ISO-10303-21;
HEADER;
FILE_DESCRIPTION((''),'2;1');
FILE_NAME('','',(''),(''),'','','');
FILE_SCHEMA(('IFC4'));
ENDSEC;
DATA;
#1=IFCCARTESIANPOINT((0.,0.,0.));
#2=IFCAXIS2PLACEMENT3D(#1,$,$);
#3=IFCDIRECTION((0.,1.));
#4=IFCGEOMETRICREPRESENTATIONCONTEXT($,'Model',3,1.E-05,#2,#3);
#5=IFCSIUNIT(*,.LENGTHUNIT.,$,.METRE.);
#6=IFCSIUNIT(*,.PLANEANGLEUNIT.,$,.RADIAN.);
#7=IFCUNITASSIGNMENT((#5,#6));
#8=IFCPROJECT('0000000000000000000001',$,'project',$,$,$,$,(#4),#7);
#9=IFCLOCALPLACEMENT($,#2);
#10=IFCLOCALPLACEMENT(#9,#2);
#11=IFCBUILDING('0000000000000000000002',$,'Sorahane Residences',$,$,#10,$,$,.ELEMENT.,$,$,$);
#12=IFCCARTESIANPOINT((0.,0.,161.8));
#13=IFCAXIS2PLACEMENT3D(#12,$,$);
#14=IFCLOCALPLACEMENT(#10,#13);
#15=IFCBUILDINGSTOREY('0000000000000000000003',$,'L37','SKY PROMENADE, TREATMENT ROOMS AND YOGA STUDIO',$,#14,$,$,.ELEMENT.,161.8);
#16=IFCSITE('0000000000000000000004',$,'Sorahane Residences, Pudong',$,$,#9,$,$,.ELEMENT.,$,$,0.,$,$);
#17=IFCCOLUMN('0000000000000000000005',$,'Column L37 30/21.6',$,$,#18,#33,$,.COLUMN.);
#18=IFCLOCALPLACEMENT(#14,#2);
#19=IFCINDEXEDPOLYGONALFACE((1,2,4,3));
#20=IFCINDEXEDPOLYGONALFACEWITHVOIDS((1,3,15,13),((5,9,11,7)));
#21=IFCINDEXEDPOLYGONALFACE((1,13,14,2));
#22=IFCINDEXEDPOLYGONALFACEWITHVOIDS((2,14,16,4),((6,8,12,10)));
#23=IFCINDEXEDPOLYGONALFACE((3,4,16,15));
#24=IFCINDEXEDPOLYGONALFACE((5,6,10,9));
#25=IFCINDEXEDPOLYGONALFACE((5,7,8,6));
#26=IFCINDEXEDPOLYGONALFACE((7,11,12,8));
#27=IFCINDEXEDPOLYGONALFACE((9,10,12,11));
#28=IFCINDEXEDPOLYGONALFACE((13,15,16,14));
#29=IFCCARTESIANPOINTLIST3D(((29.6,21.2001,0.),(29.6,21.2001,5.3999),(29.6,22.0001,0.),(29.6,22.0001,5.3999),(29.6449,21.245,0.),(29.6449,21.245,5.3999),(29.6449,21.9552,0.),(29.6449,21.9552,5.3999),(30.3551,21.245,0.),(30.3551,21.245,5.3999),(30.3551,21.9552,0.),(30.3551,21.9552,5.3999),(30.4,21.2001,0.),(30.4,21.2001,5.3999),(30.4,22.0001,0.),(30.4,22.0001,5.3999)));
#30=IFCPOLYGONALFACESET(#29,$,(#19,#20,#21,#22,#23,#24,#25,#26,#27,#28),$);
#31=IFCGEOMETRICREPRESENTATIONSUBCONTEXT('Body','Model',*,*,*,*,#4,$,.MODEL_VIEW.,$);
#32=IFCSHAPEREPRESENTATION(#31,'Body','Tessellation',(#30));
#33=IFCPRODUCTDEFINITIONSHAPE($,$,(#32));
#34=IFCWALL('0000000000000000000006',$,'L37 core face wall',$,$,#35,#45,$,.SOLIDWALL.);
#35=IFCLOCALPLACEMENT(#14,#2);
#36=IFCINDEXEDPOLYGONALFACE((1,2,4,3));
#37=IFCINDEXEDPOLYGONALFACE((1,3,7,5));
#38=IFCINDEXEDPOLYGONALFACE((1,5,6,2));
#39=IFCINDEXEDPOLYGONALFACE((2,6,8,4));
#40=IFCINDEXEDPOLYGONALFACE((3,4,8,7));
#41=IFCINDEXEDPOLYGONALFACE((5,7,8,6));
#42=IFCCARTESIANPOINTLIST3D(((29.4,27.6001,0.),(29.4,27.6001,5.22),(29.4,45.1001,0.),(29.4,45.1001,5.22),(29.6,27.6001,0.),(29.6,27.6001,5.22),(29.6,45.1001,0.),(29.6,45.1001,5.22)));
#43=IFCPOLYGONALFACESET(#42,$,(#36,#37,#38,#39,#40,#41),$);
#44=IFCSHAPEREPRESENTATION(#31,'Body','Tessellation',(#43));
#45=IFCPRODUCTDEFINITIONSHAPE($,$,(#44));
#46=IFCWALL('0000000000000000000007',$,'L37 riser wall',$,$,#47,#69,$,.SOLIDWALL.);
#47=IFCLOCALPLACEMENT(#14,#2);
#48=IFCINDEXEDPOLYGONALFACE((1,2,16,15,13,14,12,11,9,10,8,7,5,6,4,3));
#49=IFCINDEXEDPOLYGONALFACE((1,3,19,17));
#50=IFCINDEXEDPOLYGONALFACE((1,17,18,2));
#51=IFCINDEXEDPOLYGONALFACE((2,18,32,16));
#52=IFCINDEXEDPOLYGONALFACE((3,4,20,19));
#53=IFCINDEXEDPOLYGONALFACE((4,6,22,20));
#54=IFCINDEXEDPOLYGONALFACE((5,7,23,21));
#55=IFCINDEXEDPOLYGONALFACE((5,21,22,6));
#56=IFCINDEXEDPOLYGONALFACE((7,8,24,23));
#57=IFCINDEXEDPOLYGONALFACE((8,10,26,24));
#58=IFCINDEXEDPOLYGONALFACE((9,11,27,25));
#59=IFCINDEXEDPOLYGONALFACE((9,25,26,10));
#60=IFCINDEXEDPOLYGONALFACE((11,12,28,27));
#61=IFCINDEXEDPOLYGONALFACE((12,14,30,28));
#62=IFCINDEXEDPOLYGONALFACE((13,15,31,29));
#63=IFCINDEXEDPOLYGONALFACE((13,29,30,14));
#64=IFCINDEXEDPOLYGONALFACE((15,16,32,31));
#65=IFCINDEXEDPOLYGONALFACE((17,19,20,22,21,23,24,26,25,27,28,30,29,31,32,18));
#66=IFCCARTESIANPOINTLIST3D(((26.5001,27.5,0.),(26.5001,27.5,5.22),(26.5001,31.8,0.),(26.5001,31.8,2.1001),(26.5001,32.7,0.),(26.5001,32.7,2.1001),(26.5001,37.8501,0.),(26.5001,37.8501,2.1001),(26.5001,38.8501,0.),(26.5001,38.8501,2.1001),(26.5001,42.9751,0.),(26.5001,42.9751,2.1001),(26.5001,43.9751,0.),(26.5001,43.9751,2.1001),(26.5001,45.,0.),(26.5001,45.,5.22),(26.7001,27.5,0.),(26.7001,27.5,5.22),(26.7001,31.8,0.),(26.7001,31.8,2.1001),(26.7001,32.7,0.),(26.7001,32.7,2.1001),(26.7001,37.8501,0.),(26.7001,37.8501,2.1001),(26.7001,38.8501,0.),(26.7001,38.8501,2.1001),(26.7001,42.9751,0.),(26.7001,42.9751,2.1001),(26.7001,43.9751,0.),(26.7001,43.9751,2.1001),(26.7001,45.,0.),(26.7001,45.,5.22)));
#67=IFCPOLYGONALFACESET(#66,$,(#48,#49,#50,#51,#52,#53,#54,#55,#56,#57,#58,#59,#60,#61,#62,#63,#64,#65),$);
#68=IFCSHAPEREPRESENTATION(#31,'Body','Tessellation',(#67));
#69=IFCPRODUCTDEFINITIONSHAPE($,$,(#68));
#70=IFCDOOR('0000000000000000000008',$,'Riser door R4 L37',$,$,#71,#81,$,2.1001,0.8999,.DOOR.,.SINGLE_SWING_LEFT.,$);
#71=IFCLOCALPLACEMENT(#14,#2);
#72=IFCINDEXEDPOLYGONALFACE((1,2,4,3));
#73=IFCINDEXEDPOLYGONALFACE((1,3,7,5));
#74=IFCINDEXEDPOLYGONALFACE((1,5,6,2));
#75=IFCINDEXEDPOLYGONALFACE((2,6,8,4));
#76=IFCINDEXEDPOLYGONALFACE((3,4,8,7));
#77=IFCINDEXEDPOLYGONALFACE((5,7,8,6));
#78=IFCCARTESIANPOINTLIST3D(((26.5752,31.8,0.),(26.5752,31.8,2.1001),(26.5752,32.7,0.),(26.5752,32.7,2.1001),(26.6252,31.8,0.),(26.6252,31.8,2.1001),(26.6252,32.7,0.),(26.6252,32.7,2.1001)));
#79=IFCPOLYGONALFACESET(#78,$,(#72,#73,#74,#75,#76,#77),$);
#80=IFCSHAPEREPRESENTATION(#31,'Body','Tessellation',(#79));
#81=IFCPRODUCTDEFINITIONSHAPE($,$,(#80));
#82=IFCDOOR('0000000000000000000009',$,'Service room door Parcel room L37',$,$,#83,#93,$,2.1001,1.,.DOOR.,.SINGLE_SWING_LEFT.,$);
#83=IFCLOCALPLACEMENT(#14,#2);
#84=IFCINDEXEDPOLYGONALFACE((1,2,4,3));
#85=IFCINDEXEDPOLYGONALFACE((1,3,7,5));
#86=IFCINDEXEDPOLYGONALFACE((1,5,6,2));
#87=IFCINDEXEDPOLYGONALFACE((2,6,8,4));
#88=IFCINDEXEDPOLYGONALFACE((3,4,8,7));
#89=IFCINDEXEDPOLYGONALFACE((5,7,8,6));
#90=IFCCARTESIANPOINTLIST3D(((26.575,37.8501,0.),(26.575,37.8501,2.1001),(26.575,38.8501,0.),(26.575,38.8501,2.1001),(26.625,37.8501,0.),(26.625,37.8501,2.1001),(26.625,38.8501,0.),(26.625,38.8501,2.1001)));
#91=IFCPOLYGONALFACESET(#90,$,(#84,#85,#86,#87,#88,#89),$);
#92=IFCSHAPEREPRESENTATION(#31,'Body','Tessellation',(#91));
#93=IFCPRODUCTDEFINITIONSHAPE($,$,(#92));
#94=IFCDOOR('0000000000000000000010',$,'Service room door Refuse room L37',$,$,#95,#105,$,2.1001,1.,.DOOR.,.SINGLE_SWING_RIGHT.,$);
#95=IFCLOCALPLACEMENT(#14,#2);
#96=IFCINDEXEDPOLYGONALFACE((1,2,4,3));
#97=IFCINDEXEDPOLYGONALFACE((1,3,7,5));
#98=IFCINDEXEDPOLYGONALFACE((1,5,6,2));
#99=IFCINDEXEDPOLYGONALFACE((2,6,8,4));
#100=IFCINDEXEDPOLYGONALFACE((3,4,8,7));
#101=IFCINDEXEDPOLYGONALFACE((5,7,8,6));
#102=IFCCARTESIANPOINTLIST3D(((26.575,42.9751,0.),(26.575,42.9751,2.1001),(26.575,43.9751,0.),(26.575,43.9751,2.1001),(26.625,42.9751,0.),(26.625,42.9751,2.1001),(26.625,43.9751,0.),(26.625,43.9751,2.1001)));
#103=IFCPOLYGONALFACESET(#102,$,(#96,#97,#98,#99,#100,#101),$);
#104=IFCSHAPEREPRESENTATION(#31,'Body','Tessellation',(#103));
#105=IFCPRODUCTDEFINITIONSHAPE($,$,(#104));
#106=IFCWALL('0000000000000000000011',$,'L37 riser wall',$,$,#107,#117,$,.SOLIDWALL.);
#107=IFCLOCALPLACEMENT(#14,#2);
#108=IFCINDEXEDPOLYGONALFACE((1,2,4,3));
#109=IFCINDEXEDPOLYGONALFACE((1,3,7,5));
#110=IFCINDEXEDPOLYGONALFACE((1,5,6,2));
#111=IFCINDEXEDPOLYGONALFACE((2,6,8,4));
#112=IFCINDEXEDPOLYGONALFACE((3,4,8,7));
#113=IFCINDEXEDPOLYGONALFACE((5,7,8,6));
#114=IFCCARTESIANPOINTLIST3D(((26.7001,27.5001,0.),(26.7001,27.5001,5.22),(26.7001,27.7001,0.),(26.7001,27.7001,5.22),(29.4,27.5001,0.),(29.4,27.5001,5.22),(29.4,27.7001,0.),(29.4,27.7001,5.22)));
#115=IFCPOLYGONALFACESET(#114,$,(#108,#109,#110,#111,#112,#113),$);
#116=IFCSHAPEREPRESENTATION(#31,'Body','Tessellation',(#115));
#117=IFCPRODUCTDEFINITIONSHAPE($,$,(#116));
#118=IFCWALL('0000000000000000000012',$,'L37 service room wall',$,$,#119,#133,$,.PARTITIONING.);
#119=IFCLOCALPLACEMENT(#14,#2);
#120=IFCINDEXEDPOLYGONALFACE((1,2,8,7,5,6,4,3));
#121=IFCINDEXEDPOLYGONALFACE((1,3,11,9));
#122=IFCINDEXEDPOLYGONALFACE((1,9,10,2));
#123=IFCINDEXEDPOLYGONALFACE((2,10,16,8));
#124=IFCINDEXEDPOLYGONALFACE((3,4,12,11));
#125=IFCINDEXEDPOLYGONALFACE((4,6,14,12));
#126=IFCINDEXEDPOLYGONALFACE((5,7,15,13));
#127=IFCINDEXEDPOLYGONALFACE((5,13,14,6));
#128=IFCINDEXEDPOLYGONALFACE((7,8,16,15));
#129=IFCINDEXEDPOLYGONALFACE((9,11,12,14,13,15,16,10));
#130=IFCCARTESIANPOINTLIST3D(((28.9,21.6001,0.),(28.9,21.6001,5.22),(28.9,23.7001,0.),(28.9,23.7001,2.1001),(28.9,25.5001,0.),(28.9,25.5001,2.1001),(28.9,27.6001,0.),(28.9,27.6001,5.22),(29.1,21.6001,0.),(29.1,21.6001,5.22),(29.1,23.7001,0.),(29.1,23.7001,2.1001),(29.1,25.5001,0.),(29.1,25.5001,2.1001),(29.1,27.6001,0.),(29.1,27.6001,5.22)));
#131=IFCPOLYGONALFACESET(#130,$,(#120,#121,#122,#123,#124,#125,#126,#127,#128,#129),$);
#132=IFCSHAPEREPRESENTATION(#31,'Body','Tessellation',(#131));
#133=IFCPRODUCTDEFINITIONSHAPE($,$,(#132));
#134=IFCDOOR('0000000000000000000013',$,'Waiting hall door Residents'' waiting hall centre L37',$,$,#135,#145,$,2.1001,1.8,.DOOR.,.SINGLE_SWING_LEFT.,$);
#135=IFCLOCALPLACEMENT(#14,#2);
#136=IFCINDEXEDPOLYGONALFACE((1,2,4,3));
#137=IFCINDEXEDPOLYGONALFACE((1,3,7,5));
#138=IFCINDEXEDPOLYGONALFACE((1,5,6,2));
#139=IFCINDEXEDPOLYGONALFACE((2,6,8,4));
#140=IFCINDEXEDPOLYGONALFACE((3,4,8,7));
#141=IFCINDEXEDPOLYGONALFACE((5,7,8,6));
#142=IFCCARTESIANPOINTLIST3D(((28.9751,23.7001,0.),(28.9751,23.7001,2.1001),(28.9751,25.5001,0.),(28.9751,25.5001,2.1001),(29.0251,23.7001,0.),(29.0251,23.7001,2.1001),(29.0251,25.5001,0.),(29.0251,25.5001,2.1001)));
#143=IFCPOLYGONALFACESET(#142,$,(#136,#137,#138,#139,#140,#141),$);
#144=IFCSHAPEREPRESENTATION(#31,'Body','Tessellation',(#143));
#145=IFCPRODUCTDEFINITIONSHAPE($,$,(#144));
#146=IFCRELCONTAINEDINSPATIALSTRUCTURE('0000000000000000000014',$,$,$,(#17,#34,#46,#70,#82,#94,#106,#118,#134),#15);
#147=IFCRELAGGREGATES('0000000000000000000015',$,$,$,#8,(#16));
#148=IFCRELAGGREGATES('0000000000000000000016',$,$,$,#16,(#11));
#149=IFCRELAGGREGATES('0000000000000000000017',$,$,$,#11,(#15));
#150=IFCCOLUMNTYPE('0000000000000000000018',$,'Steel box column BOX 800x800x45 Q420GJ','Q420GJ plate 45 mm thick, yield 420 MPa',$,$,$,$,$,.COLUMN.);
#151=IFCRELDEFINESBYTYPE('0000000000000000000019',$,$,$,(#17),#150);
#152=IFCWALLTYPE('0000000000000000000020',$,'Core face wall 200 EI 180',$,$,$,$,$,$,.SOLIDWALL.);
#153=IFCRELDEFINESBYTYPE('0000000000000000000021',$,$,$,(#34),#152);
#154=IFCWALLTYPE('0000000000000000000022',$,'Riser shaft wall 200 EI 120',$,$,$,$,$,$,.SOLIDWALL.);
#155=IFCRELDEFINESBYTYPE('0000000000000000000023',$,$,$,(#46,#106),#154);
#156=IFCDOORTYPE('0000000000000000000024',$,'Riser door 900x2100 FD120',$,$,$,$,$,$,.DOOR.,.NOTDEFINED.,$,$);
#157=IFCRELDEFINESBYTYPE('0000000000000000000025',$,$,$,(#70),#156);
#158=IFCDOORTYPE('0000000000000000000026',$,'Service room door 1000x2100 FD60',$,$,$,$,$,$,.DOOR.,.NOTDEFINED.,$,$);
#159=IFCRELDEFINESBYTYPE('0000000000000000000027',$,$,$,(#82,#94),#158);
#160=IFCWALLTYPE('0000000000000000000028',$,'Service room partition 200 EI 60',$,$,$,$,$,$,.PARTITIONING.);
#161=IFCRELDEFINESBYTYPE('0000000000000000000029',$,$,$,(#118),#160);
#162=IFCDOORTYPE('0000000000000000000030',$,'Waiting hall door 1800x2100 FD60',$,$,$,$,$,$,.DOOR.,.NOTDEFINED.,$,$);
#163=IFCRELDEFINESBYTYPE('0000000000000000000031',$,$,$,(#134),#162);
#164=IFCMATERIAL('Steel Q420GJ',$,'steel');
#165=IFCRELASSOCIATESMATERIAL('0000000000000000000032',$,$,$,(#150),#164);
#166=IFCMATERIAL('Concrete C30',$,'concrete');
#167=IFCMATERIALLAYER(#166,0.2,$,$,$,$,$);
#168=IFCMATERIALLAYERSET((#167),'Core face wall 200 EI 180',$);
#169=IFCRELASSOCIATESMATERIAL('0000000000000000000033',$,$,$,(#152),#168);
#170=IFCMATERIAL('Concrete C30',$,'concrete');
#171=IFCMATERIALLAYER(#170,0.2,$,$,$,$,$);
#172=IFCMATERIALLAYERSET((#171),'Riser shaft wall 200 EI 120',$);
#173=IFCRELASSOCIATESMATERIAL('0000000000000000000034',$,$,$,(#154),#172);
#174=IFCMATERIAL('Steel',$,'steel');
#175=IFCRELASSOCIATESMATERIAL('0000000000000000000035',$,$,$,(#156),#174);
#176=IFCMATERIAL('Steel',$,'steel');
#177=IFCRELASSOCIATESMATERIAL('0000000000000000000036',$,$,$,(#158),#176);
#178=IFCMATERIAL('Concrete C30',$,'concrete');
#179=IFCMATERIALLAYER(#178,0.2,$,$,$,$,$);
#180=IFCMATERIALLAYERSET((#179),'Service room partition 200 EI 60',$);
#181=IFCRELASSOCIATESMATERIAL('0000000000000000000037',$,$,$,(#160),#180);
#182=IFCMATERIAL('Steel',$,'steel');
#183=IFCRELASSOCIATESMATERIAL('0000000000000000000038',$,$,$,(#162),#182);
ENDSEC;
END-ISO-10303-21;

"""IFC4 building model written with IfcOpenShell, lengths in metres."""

from ifc_helpers import new_model, si_unit, direction, frame, frame_2d, origin, origin_2d, place, context, subcontext, project, spatial, rectangle, hollow_rectangle, extrude, material, layer, layer_set, material_profile, profile_set, type_object, element, fill, save


model = new_model("IFC4")

# Units and contexts
model_context = context("Model", 3, precision=1e-05, world=origin(), true_north=direction((0.0, 1.0)))
body_context = subcontext(model_context, "Body", "Model", "MODEL_VIEW")
ifc_project = project(units=[si_unit("LENGTHUNIT", "METRE"), si_unit("PLANEANGLEUNIT", "RADIAN")], contexts=[model_context])

# Site, building, storey
site_placement = place(None, origin())
site = spatial("IfcSite", under=ifc_project, at=site_placement, Name="Sorahane Residences, Pudong", CompositionType="ELEMENT", RefElevation=0.0)
building_placement = place(site_placement, origin())
building = spatial("IfcBuilding", under=site, at=building_placement, Name="Sorahane Residences", CompositionType="ELEMENT")
storey_placement = place(building_placement, frame((0.0, 0.0, 161.8)))
storey = spatial("IfcBuildingStorey", under=building, at=storey_placement, Name="L37", Description="SKY PROMENADE, TREATMENT ROOMS AND YOGA STUDIO", CompositionType="ELEMENT", Elevation=161.8)

# Column
ifc_material_1 = material(Name="Steel Q420GJ", Category="steel")
ifc_material_profile = material_profile(ifc_material_1, hollow_rectangle(XDim=0.8, YDim=0.8, WallThickness=0.0449, at=origin_2d()), Name="BOX 800x800x45")
ifc_profile_set = profile_set([ifc_material_profile], Name="Steel Q420GJ")
column_type = type_object("IfcColumnType", Name="Steel box column BOX 800x800x45 Q420GJ", Description="Q420GJ plate 45 mm thick, yield 420 MPa", PredefinedType="COLUMN", material=ifc_profile_set)
column_placement = place(storey_placement, frame((30.0, 21.6001, 0.0), z_axis=(0.0, 0.0, 1.0), x_axis=(1.0, 0.0, 0.0)))
element("IfcColumn", 1, at=column_placement, inside=storey, type_object=column_type, Name="Column L37 30/21.6", PredefinedType="COLUMN", context=body_context, shape_type="SweptSolid", body=[
    extrude(hollow_rectangle(XDim=0.8, YDim=0.8, WallThickness=0.0449, at=origin_2d()), origin(), (0.0, 0.0, 1.0), 5.3999),
])

# Wall
ifc_material_2 = material(Name="Concrete C30", Category="concrete")
ifc_layer_1 = layer(ifc_material_2, 0.2)
ifc_layer_set_1 = layer_set([ifc_layer_1], Name="Core face wall 200 EI 180")
wall_type_1 = type_object("IfcWallType", Name="Core face wall 200 EI 180", PredefinedType="SOLIDWALL", material=ifc_layer_set_1)
wall_1_placement = place(storey_placement, frame((29.5, 27.6001, 0.0), z_axis=(0.0, 0.0, 1.0), x_axis=(0.0, 1.0, 0.0)))
element("IfcWall", 2, at=wall_1_placement, inside=storey, type_object=wall_type_1, Name="L37 core face wall", PredefinedType="SOLIDWALL", context=body_context, shape_type="SweptSolid", body=[
    extrude(rectangle(XDim=17.5, YDim=0.2, at=frame_2d((8.75, 0.0))), origin(), (0.0, 0.0, 1.0), 5.22),
])

# Wall, openings, doors
ifc_material_3 = material(Name="Concrete C30", Category="concrete")
ifc_layer_2 = layer(ifc_material_3, 0.2)
ifc_layer_set_2 = layer_set([ifc_layer_2], Name="Riser shaft wall 200 EI 120")
wall_type_2 = type_object("IfcWallType", Name="Riser shaft wall 200 EI 120", PredefinedType="SOLIDWALL", material=ifc_layer_set_2)
wall_2_placement = place(storey_placement, frame((26.6001, 27.5, 0.0), z_axis=(0.0, 0.0, 1.0), x_axis=(0.0, 1.0, 0.0)))
wall_2 = element("IfcWall", 3, at=wall_2_placement, inside=storey, type_object=wall_type_2, Name="L37 riser wall", PredefinedType="SOLIDWALL", context=body_context, shape_type="SweptSolid", body=[
    extrude(rectangle(XDim=17.5, YDim=0.2, at=frame_2d((8.75, 0.0))), origin(), (0.0, 0.0, 1.0), 5.22),
])
opening_1_placement = place(wall_2_placement, frame((4.3, 0.0, 0.0)))
opening_1 = element("IfcOpeningElement", 4, at=opening_1_placement, cuts=wall_2, PredefinedType="OPENING", context=body_context, shape_type="SweptSolid", body=[
    extrude(rectangle(XDim=0.8999, YDim=2.1001, at=frame_2d((0.45, 1.05))), frame((0.0, 0.1099, 0.0), z_axis=(0.0, -1.0, 0.0), x_axis=(1.0, 0.0, 0.0)), (0.0, 0.0, 1.0), 0.22),
])
opening_2_placement = place(wall_2_placement, frame((10.3501, 0.0, 0.0)))
opening_2 = element("IfcOpeningElement", 5, at=opening_2_placement, cuts=wall_2, PredefinedType="OPENING", context=body_context, shape_type="SweptSolid", body=[
    extrude(rectangle(XDim=1.0, YDim=2.1001, at=frame_2d((0.5, 1.05))), frame((0.0, 0.1099, 0.0), z_axis=(0.0, -1.0, 0.0), x_axis=(1.0, 0.0, 0.0)), (0.0, 0.0, 1.0), 0.22),
])
opening_3_placement = place(wall_2_placement, frame((15.4751, 0.0, 0.0)))
opening_3 = element("IfcOpeningElement", 6, at=opening_3_placement, cuts=wall_2, PredefinedType="OPENING", context=body_context, shape_type="SweptSolid", body=[
    extrude(rectangle(XDim=1.0, YDim=2.1001, at=frame_2d((0.5, 1.05))), frame((0.0, 0.1099, 0.0), z_axis=(0.0, -1.0, 0.0), x_axis=(1.0, 0.0, 0.0)), (0.0, 0.0, 1.0), 0.22),
])
ifc_material_4 = material(Name="Steel", Category="steel")
door_type_1 = type_object("IfcDoorType", Name="Riser door 900x2100 FD120", OperationType="NOTDEFINED", PredefinedType="DOOR", material=ifc_material_4)
door_1_placement = place(opening_1_placement, origin())
door_1 = element("IfcDoor", 7, at=door_1_placement, inside=storey, type_object=door_type_1, Name="Riser door R4 L37", OperationType="SINGLE_SWING_LEFT", OverallHeight=2.1001, OverallWidth=0.8999, PredefinedType="DOOR", context=body_context, shape_type="SweptSolid", body=[
    extrude(rectangle(XDim=0.8999, YDim=2.1001, at=frame_2d((0.45, 1.05))), frame((0.0, 0.0249, 0.0), z_axis=(0.0, -1.0, 0.0), x_axis=(1.0, 0.0, 0.0)), (0.0, 0.0, 1.0), 0.05),
])
fill(opening_1, door_1)
ifc_material_5 = material(Name="Steel", Category="steel")
door_type_2 = type_object("IfcDoorType", Name="Service room door 1000x2100 FD60", OperationType="NOTDEFINED", PredefinedType="DOOR", material=ifc_material_5)
door_2_placement = place(opening_2_placement, frame((1.0, 0.0, 0.0), z_axis=(0.0, 0.0, 1.0), x_axis=(-1.0, 0.0, 0.0)))
door_2 = element("IfcDoor", 8, at=door_2_placement, inside=storey, type_object=door_type_2, Name="Service room door Parcel room L37", OperationType="SINGLE_SWING_LEFT", OverallHeight=2.1001, OverallWidth=1.0, PredefinedType="DOOR", context=body_context, shape_type="SweptSolid", body=[
    extrude(rectangle(XDim=1.0, YDim=2.1001, at=frame_2d((0.5, 1.05))), frame((0.0, 0.0249, 0.0), z_axis=(0.0, -1.0, 0.0), x_axis=(1.0, 0.0, 0.0)), (0.0, 0.0, 1.0), 0.05),
])
fill(opening_2, door_2)
door_3_placement = place(opening_3_placement, frame((1.0, 0.0, 0.0), z_axis=(0.0, 0.0, 1.0), x_axis=(-1.0, 0.0, 0.0)))
door_3 = element("IfcDoor", 9, at=door_3_placement, inside=storey, type_object=door_type_2, Name="Service room door Refuse room L37", OperationType="SINGLE_SWING_RIGHT", OverallHeight=2.1001, OverallWidth=1.0, PredefinedType="DOOR", context=body_context, shape_type="SweptSolid", body=[
    extrude(rectangle(XDim=1.0, YDim=2.1001, at=frame_2d((0.5, 1.05))), frame((0.0, 0.0249, 0.0), z_axis=(0.0, -1.0, 0.0), x_axis=(1.0, 0.0, 0.0)), (0.0, 0.0, 1.0), 0.05),
])
fill(opening_3, door_3)

# Wall
wall_3_placement = place(storey_placement, frame((26.7, 27.6001, 0.0), z_axis=(0.0, 0.0, 1.0), x_axis=(1.0, 0.0, 0.0)))
element("IfcWall", 10, at=wall_3_placement, inside=storey, type_object=wall_type_2, Name="L37 riser wall", PredefinedType="SOLIDWALL", context=body_context, shape_type="SweptSolid", body=[
    extrude(rectangle(XDim=2.7, YDim=0.2, at=frame_2d((1.3501, 0.0))), origin(), (0.0, 0.0, 1.0), 5.22),
])

# Wall, opening, door
ifc_material_6 = material(Name="Concrete C30", Category="concrete")
ifc_layer_3 = layer(ifc_material_6, 0.2)
ifc_layer_set_3 = layer_set([ifc_layer_3], Name="Service room partition 200 EI 60")
wall_type_3 = type_object("IfcWallType", Name="Service room partition 200 EI 60", PredefinedType="PARTITIONING", material=ifc_layer_set_3)
wall_4_placement = place(storey_placement, frame((29.0, 21.6001, 0.0), z_axis=(0.0, 0.0, 1.0), x_axis=(0.0, 1.0, 0.0)))
wall_4 = element("IfcWall", 11, at=wall_4_placement, inside=storey, type_object=wall_type_3, Name="L37 service room wall", PredefinedType="PARTITIONING", context=body_context, shape_type="SweptSolid", body=[
    extrude(rectangle(XDim=6.0, YDim=0.2, at=frame_2d((3.0, 0.0))), origin(), (0.0, 0.0, 1.0), 5.22),
])
opening_4_placement = place(wall_4_placement, frame((2.1001, 0.0, 0.0)))
opening_4 = element("IfcOpeningElement", 12, at=opening_4_placement, cuts=wall_4, PredefinedType="OPENING", context=body_context, shape_type="SweptSolid", body=[
    extrude(rectangle(XDim=1.8, YDim=2.1001, at=frame_2d((0.8999, 1.05))), frame((0.0, 0.1099, 0.0), z_axis=(0.0, -1.0, 0.0), x_axis=(1.0, 0.0, 0.0)), (0.0, 0.0, 1.0), 0.22),
])
ifc_material_7 = material(Name="Steel", Category="steel")
door_type_3 = type_object("IfcDoorType", Name="Waiting hall door 1800x2100 FD60", OperationType="NOTDEFINED", PredefinedType="DOOR", material=ifc_material_7)
door_4_placement = place(opening_4_placement, origin())
door_4 = element("IfcDoor", 13, at=door_4_placement, inside=storey, type_object=door_type_3, Name="Waiting hall door Residents' waiting hall centre L37", OperationType="SINGLE_SWING_LEFT", OverallHeight=2.1001, OverallWidth=1.8, PredefinedType="DOOR", context=body_context, shape_type="SweptSolid", body=[
    extrude(rectangle(XDim=1.8, YDim=2.1001, at=frame_2d((0.8999, 1.05))), frame((0.0, 0.0249, 0.0), z_axis=(0.0, -1.0, 0.0), x_axis=(1.0, 0.0, 0.0)), (0.0, 0.0, 1.0), 0.05),
])
fill(opening_4, door_4)

save(model, "model.ifc")
